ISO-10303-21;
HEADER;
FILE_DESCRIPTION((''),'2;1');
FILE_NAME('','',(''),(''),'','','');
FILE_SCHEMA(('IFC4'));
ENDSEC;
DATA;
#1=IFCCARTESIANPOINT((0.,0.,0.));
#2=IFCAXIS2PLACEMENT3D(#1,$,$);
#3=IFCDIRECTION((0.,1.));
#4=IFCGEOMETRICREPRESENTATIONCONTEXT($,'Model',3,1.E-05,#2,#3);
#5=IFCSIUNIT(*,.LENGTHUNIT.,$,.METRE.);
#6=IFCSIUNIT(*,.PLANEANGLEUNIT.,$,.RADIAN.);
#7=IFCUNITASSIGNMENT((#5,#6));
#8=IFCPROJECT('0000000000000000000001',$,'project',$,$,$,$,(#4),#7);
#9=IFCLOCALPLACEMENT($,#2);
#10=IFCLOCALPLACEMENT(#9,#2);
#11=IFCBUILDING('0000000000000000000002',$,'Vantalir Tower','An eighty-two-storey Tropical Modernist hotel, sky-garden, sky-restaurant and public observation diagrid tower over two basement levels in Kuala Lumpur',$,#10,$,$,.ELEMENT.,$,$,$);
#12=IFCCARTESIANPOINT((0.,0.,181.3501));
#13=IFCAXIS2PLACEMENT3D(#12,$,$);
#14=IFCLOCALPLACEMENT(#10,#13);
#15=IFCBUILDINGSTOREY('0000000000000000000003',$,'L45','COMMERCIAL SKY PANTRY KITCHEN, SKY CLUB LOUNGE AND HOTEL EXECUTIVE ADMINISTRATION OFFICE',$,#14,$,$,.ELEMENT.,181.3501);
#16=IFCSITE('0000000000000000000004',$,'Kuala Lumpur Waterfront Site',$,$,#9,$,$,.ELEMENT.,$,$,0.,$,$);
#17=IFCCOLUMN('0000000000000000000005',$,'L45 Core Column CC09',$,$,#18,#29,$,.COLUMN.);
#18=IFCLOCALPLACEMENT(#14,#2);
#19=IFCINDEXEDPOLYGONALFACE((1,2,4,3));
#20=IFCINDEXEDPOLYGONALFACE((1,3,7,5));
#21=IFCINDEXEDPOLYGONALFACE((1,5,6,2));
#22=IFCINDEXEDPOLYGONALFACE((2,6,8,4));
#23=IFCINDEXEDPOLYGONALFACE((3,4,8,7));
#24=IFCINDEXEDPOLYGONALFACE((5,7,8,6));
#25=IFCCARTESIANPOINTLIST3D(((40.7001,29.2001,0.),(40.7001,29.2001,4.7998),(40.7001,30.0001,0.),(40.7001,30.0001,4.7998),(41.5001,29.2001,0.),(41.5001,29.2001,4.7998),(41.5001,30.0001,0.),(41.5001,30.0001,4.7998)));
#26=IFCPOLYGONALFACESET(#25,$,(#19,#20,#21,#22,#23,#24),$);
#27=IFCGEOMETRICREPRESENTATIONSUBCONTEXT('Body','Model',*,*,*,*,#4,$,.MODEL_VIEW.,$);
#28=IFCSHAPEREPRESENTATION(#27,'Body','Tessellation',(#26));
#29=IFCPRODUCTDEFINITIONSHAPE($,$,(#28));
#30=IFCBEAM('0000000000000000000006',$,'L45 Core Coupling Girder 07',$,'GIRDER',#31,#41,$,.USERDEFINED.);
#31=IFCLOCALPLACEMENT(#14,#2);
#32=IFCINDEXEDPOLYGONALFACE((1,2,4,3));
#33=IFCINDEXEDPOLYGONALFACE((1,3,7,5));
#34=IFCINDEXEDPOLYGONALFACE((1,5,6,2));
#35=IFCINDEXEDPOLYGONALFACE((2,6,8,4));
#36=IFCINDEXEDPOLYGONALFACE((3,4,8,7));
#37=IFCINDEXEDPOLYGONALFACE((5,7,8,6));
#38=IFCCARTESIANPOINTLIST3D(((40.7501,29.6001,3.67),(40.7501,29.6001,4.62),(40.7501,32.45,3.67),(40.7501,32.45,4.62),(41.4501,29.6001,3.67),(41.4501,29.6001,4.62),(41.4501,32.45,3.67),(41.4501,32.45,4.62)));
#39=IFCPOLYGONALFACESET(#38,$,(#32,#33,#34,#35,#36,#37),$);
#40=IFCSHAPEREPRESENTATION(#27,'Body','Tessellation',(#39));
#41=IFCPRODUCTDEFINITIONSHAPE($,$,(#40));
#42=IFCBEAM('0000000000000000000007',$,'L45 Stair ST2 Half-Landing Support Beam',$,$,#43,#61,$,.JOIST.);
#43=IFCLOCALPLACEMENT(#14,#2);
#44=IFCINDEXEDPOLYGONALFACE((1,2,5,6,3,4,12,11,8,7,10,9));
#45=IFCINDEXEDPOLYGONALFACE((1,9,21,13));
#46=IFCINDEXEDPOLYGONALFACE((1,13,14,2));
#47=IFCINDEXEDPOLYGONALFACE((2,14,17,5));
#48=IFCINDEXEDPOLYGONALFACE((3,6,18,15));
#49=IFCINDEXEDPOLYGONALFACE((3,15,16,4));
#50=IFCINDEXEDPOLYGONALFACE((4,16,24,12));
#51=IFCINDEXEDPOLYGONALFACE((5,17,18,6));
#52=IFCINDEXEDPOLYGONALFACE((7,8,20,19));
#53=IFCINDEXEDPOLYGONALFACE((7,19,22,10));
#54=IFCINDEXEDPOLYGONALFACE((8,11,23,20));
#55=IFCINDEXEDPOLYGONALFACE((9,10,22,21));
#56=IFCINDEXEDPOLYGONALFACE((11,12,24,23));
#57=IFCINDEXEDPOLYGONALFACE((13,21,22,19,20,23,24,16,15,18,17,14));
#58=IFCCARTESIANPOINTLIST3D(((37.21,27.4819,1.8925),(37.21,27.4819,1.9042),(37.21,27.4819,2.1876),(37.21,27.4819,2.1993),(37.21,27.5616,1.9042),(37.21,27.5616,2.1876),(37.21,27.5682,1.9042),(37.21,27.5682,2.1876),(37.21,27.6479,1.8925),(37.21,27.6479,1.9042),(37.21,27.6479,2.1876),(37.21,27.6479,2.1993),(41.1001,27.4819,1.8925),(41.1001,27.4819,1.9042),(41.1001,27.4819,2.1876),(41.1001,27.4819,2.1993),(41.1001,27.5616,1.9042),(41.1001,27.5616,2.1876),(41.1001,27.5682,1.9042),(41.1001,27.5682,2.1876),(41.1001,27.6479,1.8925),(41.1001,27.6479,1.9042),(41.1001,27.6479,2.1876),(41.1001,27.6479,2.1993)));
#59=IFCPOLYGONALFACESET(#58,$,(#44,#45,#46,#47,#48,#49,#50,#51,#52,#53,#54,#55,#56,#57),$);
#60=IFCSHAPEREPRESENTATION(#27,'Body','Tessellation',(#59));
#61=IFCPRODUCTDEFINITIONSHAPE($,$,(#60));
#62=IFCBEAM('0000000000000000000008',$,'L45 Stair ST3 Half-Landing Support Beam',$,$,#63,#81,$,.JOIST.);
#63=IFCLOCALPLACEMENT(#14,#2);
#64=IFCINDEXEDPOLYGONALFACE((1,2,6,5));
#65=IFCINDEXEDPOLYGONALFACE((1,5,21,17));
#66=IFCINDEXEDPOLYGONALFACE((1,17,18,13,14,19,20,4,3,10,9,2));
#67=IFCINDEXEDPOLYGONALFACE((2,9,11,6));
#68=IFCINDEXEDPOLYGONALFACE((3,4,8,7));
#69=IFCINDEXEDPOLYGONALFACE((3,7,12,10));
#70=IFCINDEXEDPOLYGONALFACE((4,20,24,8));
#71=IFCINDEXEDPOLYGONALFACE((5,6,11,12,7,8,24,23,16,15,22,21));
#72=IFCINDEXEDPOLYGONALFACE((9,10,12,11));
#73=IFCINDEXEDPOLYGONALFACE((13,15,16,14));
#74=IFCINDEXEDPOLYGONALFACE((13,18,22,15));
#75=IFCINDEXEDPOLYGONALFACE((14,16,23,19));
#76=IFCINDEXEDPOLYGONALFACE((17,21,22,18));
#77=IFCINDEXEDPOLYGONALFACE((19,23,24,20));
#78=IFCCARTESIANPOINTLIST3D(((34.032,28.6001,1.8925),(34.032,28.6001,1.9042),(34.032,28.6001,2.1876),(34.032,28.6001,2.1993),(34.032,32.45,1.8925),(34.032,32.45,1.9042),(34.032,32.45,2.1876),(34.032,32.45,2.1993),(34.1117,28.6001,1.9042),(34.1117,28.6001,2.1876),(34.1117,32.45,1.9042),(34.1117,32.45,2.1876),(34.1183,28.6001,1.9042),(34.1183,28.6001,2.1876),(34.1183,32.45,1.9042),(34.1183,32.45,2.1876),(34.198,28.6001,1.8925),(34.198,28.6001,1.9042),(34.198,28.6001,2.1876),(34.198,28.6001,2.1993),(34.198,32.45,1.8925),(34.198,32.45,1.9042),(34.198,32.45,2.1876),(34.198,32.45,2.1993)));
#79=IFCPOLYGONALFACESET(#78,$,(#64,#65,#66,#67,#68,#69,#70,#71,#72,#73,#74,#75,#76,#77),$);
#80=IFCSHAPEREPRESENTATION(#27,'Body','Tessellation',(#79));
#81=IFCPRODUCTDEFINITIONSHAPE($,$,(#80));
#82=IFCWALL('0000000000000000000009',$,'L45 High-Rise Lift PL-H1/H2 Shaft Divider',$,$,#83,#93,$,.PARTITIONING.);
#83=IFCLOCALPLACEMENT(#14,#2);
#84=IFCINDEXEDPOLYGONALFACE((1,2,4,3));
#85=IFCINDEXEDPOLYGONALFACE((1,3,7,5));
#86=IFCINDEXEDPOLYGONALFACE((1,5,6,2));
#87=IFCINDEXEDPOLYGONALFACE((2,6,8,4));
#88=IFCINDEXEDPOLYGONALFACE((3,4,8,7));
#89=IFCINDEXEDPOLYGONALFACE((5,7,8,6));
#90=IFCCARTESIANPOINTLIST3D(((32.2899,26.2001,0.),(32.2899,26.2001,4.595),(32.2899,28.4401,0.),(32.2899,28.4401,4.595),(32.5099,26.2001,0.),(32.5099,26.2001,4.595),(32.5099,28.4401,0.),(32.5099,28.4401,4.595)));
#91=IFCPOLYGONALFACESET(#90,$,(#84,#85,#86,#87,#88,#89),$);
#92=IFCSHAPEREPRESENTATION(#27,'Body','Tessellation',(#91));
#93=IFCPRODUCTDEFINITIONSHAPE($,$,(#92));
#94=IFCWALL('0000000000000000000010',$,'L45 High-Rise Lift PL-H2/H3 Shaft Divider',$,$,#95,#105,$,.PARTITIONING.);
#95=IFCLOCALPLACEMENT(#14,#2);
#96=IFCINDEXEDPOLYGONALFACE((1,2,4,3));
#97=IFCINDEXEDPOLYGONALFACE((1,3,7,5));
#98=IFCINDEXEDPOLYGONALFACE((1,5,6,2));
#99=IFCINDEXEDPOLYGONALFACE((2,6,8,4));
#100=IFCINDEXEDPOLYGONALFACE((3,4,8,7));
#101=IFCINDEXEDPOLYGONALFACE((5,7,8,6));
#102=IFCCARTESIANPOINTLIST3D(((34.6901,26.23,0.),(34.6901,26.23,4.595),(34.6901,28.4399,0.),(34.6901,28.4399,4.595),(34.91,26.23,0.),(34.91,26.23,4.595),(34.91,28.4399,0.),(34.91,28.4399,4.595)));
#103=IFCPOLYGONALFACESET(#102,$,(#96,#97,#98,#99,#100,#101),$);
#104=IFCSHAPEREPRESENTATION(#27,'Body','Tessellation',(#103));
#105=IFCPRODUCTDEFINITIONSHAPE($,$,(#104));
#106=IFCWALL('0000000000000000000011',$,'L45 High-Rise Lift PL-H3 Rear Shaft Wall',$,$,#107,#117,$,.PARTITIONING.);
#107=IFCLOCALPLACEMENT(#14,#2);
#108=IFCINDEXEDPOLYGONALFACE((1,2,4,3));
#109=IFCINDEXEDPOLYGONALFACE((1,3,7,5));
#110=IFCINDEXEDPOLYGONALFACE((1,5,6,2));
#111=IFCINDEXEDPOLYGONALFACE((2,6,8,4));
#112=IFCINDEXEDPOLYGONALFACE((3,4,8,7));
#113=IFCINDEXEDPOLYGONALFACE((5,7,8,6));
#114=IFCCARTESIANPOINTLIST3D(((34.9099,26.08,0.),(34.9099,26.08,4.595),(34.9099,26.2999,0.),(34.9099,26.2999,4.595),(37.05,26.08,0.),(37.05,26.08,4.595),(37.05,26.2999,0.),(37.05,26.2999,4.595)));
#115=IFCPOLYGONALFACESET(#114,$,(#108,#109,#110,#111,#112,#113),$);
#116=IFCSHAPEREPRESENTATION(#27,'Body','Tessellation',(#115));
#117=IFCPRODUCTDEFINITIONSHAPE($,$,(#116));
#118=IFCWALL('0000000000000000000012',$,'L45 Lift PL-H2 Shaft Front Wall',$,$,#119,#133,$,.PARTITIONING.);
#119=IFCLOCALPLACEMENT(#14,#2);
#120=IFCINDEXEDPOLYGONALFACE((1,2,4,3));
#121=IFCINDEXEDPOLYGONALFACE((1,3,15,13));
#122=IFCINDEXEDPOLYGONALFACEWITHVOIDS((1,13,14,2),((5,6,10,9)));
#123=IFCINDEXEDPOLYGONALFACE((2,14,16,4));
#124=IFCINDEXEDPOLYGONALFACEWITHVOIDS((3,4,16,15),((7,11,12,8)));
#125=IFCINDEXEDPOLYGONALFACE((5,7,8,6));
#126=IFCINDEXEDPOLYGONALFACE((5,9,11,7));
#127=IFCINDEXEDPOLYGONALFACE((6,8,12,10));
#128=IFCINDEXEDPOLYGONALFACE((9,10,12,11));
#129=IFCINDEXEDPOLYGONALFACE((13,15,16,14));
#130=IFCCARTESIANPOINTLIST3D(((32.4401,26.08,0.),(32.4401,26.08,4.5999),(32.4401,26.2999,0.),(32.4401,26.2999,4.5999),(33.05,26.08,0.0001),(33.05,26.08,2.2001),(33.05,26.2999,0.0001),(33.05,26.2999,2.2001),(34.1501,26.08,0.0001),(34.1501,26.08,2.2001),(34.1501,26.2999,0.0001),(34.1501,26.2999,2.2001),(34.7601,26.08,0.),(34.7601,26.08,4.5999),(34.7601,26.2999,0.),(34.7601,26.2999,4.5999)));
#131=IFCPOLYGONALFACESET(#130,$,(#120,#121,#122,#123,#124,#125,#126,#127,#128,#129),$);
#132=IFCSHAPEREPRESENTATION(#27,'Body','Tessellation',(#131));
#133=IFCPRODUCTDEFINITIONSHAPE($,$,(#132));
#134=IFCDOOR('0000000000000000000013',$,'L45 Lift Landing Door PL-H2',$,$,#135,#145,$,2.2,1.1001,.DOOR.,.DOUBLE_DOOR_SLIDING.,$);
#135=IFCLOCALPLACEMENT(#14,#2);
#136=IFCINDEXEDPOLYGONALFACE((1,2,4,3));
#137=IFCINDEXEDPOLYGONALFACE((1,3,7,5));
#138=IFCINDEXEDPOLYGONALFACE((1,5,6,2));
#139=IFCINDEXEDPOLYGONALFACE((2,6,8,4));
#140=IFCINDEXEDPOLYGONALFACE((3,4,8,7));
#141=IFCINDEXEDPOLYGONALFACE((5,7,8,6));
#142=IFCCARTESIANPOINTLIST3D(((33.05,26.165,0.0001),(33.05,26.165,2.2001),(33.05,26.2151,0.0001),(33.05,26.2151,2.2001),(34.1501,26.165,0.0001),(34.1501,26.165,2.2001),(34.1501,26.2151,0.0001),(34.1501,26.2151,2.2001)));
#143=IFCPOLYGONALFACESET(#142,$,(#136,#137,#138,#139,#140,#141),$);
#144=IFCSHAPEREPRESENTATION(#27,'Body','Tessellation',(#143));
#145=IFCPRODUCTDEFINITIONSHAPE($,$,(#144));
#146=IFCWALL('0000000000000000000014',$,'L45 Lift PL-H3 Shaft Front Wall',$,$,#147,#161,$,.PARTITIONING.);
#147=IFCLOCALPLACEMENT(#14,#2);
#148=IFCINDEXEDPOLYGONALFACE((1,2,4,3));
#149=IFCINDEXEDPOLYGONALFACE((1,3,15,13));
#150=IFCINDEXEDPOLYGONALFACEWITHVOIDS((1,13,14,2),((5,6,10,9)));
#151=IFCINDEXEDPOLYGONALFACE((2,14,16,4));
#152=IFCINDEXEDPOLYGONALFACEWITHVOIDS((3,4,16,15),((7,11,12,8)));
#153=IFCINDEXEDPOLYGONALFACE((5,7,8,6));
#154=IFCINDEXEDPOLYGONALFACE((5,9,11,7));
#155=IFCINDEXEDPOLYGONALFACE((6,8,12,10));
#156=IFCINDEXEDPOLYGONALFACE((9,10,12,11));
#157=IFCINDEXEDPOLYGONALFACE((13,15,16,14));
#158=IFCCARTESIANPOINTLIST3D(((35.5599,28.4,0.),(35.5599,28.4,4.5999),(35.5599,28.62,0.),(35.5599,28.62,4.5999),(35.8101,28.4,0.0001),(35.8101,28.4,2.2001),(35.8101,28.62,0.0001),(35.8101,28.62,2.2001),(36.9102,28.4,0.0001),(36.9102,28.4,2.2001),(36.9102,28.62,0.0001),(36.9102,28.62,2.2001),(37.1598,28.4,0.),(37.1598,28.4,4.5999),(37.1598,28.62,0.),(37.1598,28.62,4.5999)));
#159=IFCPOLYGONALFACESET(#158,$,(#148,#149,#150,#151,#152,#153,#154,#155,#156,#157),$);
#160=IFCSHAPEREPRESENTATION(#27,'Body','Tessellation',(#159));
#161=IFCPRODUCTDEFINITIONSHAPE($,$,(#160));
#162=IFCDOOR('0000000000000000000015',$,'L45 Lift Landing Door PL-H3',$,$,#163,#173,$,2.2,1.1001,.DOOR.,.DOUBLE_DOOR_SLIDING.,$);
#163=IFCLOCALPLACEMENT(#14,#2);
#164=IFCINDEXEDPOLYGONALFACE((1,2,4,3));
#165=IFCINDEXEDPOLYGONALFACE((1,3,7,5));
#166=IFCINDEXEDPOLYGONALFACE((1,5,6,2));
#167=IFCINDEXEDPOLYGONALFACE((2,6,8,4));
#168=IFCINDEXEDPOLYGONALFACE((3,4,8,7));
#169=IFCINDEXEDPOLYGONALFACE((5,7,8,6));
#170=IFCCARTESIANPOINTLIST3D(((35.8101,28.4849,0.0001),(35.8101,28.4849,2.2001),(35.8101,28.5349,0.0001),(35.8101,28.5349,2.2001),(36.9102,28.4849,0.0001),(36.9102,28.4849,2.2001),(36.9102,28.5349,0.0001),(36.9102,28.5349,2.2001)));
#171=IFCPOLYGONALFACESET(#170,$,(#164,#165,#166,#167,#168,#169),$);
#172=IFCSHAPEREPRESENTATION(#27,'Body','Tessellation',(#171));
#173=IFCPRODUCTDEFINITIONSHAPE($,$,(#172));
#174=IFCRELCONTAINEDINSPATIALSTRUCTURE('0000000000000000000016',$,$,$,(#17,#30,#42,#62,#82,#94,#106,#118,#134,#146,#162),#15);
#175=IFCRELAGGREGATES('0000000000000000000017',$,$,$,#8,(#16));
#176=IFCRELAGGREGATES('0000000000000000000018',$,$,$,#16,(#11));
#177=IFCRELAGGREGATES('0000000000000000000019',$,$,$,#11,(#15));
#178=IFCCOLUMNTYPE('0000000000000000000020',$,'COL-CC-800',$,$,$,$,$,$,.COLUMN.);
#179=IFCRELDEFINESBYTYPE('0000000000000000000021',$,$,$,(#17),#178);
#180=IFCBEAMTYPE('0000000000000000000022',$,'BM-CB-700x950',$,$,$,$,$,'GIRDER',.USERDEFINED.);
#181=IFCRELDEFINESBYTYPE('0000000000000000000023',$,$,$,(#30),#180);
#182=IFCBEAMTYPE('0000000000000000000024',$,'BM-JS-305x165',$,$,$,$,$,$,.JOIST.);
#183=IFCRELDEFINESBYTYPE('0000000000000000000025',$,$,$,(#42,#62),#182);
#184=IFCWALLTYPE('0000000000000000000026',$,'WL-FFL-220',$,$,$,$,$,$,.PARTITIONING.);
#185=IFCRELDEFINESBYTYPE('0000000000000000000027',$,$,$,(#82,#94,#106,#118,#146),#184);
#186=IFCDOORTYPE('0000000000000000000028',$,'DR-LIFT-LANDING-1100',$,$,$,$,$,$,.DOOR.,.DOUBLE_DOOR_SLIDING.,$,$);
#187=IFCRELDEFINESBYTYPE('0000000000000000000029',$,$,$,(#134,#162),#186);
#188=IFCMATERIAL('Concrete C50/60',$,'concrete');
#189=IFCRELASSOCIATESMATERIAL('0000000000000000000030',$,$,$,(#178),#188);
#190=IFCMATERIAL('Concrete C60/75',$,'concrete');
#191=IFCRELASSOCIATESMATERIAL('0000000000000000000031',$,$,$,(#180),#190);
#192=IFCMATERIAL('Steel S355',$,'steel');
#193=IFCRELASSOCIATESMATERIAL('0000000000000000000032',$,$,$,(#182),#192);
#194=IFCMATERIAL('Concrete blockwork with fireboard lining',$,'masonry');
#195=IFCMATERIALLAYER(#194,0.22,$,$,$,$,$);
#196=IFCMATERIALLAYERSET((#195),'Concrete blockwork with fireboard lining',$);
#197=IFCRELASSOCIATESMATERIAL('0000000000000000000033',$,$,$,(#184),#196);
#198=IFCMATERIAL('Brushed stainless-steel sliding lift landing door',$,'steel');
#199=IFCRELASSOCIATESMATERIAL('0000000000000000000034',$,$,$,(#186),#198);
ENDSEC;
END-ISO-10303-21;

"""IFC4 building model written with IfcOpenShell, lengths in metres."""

from ifc_helpers import new_model, si_unit, direction, frame, frame_2d, origin, origin_2d, place, context, subcontext, project, spatial, rectangle, i_section, extrude, material, layer, layer_set, material_profile, profile_set, type_object, element, fill, save


model = new_model("IFC4")

# Units and contexts
model_context = context("Model", 3, precision=1e-05, world=origin(), true_north=direction((0.0, 1.0)))
body_context = subcontext(model_context, "Body", "Model", "MODEL_VIEW")
ifc_project = project(units=[si_unit("LENGTHUNIT", "METRE"), si_unit("PLANEANGLEUNIT", "RADIAN")], contexts=[model_context])

# Site, building, storey
site_placement = place(None, origin())
site = spatial("IfcSite", under=ifc_project, at=site_placement, Name="Kuala Lumpur Waterfront Site", CompositionType="ELEMENT", RefElevation=0.0)
building_placement = place(site_placement, origin())
building = spatial("IfcBuilding", under=site, at=building_placement, Name="Vantalir Tower", Description="An eighty-two-storey Tropical Modernist hotel, sky-garden, sky-restaurant and public observation diagrid tower over two basement levels in Kuala Lumpur", CompositionType="ELEMENT")
storey_placement = place(building_placement, frame((0.0, 0.0, 181.3501)))
storey = spatial("IfcBuildingStorey", under=building, at=storey_placement, Name="L45", Description="COMMERCIAL SKY PANTRY KITCHEN, SKY CLUB LOUNGE AND HOTEL EXECUTIVE ADMINISTRATION OFFICE", CompositionType="ELEMENT", Elevation=181.3501)

# Column
ifc_material_1 = material(Name="Concrete C50/60", Category="concrete")
ifc_material_profile_1 = material_profile(ifc_material_1, rectangle(XDim=0.8, YDim=0.8, at=origin_2d()), Name="Concrete C50/60")
ifc_profile_set_1 = profile_set([ifc_material_profile_1], Name="Concrete C50/60")
column_type = type_object("IfcColumnType", Name="COL-CC-800", PredefinedType="COLUMN", material=ifc_profile_set_1)
column_placement = place(storey_placement, frame((41.1001, 29.6001, 0.0), z_axis=(0.0, 0.0, 1.0), x_axis=(1.0, 0.0, 0.0)))
element("IfcColumn", 1, at=column_placement, inside=storey, type_object=column_type, Name="L45 Core Column CC09", PredefinedType="COLUMN", context=body_context, shape_type="SweptSolid", body=[
    extrude(rectangle(XDim=0.8, YDim=0.8, at=origin_2d()), origin(), (0.0, 0.0, 1.0), 4.7998),
])

# Beams
ifc_material_2 = material(Name="Concrete C60/75", Category="concrete")
ifc_material_profile_2 = material_profile(ifc_material_2, rectangle(XDim=0.7, YDim=0.95, at=origin_2d()), Name="Concrete C60/75")
ifc_profile_set_2 = profile_set([ifc_material_profile_2], Name="Concrete C60/75")
beam_type_1 = type_object("IfcBeamType", Name="BM-CB-700x950", ElementType="GIRDER", PredefinedType="USERDEFINED", material=ifc_profile_set_2)
beam_1_placement = place(storey_placement, frame((41.1001, 29.6001, 4.145), z_axis=(0.0, 1.0, 0.0), x_axis=(-1.0, 0.0, 0.0)))
element("IfcBeam", 2, at=beam_1_placement, inside=storey, type_object=beam_type_1, Name="L45 Core Coupling Girder 07", ObjectType="GIRDER", PredefinedType="USERDEFINED", context=body_context, shape_type="SweptSolid", body=[
    extrude(rectangle(XDim=0.7, YDim=0.95, at=origin_2d()), origin(), (0.0, 0.0, 1.0), 2.8499),
])
ifc_material_3 = material(Name="Steel S355", Category="steel")
ifc_material_profile_3 = material_profile(ifc_material_3, i_section(OverallWidth=0.166, OverallDepth=0.3069, WebThickness=0.0066, FlangeThickness=0.0117, at=origin_2d()), Name="Steel S355")
ifc_profile_set_3 = profile_set([ifc_material_profile_3], Name="Steel S355")
beam_type_2 = type_object("IfcBeamType", Name="BM-JS-305x165", PredefinedType="JOIST", material=ifc_profile_set_3)
beam_2_placement = place(storey_placement, frame((37.21, 27.5649, 2.0459), z_axis=(1.0, 0.0, 0.0), x_axis=(0.0, 1.0, 0.0)))
element("IfcBeam", 3, at=beam_2_placement, inside=storey, type_object=beam_type_2, Name="L45 Stair ST2 Half-Landing Support Beam", PredefinedType="JOIST", context=body_context, shape_type="SweptSolid", body=[
    extrude(i_section(OverallWidth=0.166, OverallDepth=0.3069, WebThickness=0.0066, FlangeThickness=0.0117, at=origin_2d()), origin(), (0.0, 0.0, 1.0), 3.8901),
])
beam_3_placement = place(storey_placement, frame((34.115, 28.6001, 2.0459), z_axis=(0.0, 1.0, 0.0), x_axis=(-1.0, 0.0, 0.0)))
element("IfcBeam", 4, at=beam_3_placement, inside=storey, type_object=beam_type_2, Name="L45 Stair ST3 Half-Landing Support Beam", PredefinedType="JOIST", context=body_context, shape_type="SweptSolid", body=[
    extrude(i_section(OverallWidth=0.166, OverallDepth=0.3069, WebThickness=0.0066, FlangeThickness=0.0117, at=origin_2d()), origin(), (0.0, 0.0, 1.0), 3.8499),
])

# Walls
ifc_material_4 = material(Name="Concrete blockwork with fireboard lining", Category="masonry")
ifc_layer_1 = layer(ifc_material_4, 0.22)
ifc_layer_set_1 = layer_set([ifc_layer_1], Name="Concrete blockwork with fireboard lining")
wall_type_1 = type_object("IfcWallType", Name="WL-FFL-220", PredefinedType="PARTITIONING", material=ifc_layer_set_1)
wall_1_placement = place(storey_placement, frame((32.3999, 26.2, 0.0), z_axis=(0.0, 0.0, 1.0), x_axis=(0.0, 1.0, 0.0)))
element("IfcWall", 5, at=wall_1_placement, inside=storey, type_object=wall_type_1, Name="L45 High-Rise Lift PL-H1/H2 Shaft Divider", PredefinedType="PARTITIONING", context=body_context, shape_type="SweptSolid", body=[
    extrude(rectangle(XDim=2.24, YDim=0.22, at=frame_2d((1.1201, 0.0))), origin(), (0.0, 0.0, 1.0), 4.595),
])
wall_2_placement = place(storey_placement, frame((34.8, 26.23, 0.0), z_axis=(0.0, 0.0, 1.0), x_axis=(0.0, 1.0, 0.0)))
element("IfcWall", 6, at=wall_2_placement, inside=storey, type_object=wall_type_1, Name="L45 High-Rise Lift PL-H2/H3 Shaft Divider", PredefinedType="PARTITIONING", context=body_context, shape_type="SweptSolid", body=[
    extrude(rectangle(XDim=2.21, YDim=0.22, at=frame_2d((1.105, 0.0))), origin(), (0.0, 0.0, 1.0), 4.595),
])
wall_3_placement = place(storey_placement, frame((34.9099, 26.1899, 0.0), z_axis=(0.0, 0.0, 1.0), x_axis=(1.0, 0.0, 0.0)))
element("IfcWall", 7, at=wall_3_placement, inside=storey, type_object=wall_type_1, Name="L45 High-Rise Lift PL-H3 Rear Shaft Wall", PredefinedType="PARTITIONING", context=body_context, shape_type="SweptSolid", body=[
    extrude(rectangle(XDim=2.1401, YDim=0.22, at=frame_2d((1.0701, 0.0))), origin(), (0.0, 0.0, 1.0), 4.595),
])

# Walls, openings, doors
wall_4_placement = place(storey_placement, frame((32.4399, 26.1899, 0.0), z_axis=(0.0, 0.0, 1.0), x_axis=(1.0, 0.0, 0.0)))
wall_4 = element("IfcWall", 8, at=wall_4_placement, inside=storey, type_object=wall_type_1, Name="L45 Lift PL-H2 Shaft Front Wall", PredefinedType="PARTITIONING", context=body_context, shape_type="SweptSolid", body=[
    extrude(rectangle(XDim=2.3201, YDim=0.22, at=frame_2d((1.1602, 0.0))), origin(), (0.0, 0.0, 1.0), 4.5999),
])
opening_1_placement = place(wall_4_placement, frame((0.6101, 0.0, 0.0)))
opening_1 = element("IfcOpeningElement", 9, at=opening_1_placement, cuts=wall_4, PredefinedType="OPENING", context=body_context, shape_type="SweptSolid", body=[
    extrude(rectangle(XDim=1.1001, YDim=2.2, at=frame_2d((0.55, 1.1001))), frame((0.0, 0.1199, 0.0), z_axis=(0.0, -1.0, 0.0), x_axis=(1.0, 0.0, 0.0)), (0.0, 0.0, 1.0), 0.24),
])
ifc_material_5 = material(Name="Brushed stainless-steel sliding lift landing door", Category="steel")
door_type = type_object("IfcDoorType", Name="DR-LIFT-LANDING-1100", OperationType="DOUBLE_DOOR_SLIDING", PredefinedType="DOOR", material=ifc_material_5)
door_1_placement = place(opening_1_placement, frame((1.1001, 0.0, 0.0), z_axis=(0.0, 0.0, 1.0), x_axis=(-1.0, 0.0, 0.0)))
door_1 = element("IfcDoor", 10, at=door_1_placement, inside=storey, type_object=door_type, Name="L45 Lift Landing Door PL-H2", OperationType="DOUBLE_DOOR_SLIDING", OverallHeight=2.2, OverallWidth=1.1001, PredefinedType="DOOR", context=body_context, shape_type="SweptSolid", body=[
    extrude(rectangle(XDim=1.1001, YDim=2.2, at=frame_2d((0.55, 1.1001))), frame((0.0, 0.0249, 0.0), z_axis=(0.0, -1.0, 0.0), x_axis=(1.0, 0.0, 0.0)), (0.0, 0.0, 1.0), 0.05),
])
fill(opening_1, door_1)
wall_5_placement = place(storey_placement, frame((35.5601, 28.51, 0.0), z_axis=(0.0, 0.0, 1.0), x_axis=(1.0, 0.0, 0.0)))
wall_5 = element("IfcWall", 11, at=wall_5_placement, inside=storey, type_object=wall_type_1, Name="L45 Lift PL-H3 Shaft Front Wall", PredefinedType="PARTITIONING", context=body_context, shape_type="SweptSolid", body=[
    extrude(rectangle(XDim=1.5999, YDim=0.22, at=frame_2d((0.7998, 0.0))), origin(), (0.0, 0.0, 1.0), 4.5999),
])
opening_2_placement = place(wall_5_placement, frame((0.25, 0.0, 0.0)))
opening_2 = element("IfcOpeningElement", 12, at=opening_2_placement, cuts=wall_5, PredefinedType="OPENING", context=body_context, shape_type="SweptSolid", body=[
    extrude(rectangle(XDim=1.1001, YDim=2.2, at=frame_2d((0.55, 1.1001))), frame((0.0, 0.1199, 0.0), z_axis=(0.0, -1.0, 0.0), x_axis=(1.0, 0.0, 0.0)), (0.0, 0.0, 1.0), 0.24),
])
door_2_placement = place(opening_2_placement, origin())
door_2 = element("IfcDoor", 13, at=door_2_placement, inside=storey, type_object=door_type, Name="L45 Lift Landing Door PL-H3", OperationType="DOUBLE_DOOR_SLIDING", OverallHeight=2.2, OverallWidth=1.1001, PredefinedType="DOOR", context=body_context, shape_type="SweptSolid", body=[
    extrude(rectangle(XDim=1.1001, YDim=2.2, at=frame_2d((0.55, 1.1001))), frame((0.0, 0.0249, 0.0), z_axis=(0.0, -1.0, 0.0), x_axis=(1.0, 0.0, 0.0)), (0.0, 0.0, 1.0), 0.05),
])
fill(opening_2, door_2)

save(model, "model.ifc")
